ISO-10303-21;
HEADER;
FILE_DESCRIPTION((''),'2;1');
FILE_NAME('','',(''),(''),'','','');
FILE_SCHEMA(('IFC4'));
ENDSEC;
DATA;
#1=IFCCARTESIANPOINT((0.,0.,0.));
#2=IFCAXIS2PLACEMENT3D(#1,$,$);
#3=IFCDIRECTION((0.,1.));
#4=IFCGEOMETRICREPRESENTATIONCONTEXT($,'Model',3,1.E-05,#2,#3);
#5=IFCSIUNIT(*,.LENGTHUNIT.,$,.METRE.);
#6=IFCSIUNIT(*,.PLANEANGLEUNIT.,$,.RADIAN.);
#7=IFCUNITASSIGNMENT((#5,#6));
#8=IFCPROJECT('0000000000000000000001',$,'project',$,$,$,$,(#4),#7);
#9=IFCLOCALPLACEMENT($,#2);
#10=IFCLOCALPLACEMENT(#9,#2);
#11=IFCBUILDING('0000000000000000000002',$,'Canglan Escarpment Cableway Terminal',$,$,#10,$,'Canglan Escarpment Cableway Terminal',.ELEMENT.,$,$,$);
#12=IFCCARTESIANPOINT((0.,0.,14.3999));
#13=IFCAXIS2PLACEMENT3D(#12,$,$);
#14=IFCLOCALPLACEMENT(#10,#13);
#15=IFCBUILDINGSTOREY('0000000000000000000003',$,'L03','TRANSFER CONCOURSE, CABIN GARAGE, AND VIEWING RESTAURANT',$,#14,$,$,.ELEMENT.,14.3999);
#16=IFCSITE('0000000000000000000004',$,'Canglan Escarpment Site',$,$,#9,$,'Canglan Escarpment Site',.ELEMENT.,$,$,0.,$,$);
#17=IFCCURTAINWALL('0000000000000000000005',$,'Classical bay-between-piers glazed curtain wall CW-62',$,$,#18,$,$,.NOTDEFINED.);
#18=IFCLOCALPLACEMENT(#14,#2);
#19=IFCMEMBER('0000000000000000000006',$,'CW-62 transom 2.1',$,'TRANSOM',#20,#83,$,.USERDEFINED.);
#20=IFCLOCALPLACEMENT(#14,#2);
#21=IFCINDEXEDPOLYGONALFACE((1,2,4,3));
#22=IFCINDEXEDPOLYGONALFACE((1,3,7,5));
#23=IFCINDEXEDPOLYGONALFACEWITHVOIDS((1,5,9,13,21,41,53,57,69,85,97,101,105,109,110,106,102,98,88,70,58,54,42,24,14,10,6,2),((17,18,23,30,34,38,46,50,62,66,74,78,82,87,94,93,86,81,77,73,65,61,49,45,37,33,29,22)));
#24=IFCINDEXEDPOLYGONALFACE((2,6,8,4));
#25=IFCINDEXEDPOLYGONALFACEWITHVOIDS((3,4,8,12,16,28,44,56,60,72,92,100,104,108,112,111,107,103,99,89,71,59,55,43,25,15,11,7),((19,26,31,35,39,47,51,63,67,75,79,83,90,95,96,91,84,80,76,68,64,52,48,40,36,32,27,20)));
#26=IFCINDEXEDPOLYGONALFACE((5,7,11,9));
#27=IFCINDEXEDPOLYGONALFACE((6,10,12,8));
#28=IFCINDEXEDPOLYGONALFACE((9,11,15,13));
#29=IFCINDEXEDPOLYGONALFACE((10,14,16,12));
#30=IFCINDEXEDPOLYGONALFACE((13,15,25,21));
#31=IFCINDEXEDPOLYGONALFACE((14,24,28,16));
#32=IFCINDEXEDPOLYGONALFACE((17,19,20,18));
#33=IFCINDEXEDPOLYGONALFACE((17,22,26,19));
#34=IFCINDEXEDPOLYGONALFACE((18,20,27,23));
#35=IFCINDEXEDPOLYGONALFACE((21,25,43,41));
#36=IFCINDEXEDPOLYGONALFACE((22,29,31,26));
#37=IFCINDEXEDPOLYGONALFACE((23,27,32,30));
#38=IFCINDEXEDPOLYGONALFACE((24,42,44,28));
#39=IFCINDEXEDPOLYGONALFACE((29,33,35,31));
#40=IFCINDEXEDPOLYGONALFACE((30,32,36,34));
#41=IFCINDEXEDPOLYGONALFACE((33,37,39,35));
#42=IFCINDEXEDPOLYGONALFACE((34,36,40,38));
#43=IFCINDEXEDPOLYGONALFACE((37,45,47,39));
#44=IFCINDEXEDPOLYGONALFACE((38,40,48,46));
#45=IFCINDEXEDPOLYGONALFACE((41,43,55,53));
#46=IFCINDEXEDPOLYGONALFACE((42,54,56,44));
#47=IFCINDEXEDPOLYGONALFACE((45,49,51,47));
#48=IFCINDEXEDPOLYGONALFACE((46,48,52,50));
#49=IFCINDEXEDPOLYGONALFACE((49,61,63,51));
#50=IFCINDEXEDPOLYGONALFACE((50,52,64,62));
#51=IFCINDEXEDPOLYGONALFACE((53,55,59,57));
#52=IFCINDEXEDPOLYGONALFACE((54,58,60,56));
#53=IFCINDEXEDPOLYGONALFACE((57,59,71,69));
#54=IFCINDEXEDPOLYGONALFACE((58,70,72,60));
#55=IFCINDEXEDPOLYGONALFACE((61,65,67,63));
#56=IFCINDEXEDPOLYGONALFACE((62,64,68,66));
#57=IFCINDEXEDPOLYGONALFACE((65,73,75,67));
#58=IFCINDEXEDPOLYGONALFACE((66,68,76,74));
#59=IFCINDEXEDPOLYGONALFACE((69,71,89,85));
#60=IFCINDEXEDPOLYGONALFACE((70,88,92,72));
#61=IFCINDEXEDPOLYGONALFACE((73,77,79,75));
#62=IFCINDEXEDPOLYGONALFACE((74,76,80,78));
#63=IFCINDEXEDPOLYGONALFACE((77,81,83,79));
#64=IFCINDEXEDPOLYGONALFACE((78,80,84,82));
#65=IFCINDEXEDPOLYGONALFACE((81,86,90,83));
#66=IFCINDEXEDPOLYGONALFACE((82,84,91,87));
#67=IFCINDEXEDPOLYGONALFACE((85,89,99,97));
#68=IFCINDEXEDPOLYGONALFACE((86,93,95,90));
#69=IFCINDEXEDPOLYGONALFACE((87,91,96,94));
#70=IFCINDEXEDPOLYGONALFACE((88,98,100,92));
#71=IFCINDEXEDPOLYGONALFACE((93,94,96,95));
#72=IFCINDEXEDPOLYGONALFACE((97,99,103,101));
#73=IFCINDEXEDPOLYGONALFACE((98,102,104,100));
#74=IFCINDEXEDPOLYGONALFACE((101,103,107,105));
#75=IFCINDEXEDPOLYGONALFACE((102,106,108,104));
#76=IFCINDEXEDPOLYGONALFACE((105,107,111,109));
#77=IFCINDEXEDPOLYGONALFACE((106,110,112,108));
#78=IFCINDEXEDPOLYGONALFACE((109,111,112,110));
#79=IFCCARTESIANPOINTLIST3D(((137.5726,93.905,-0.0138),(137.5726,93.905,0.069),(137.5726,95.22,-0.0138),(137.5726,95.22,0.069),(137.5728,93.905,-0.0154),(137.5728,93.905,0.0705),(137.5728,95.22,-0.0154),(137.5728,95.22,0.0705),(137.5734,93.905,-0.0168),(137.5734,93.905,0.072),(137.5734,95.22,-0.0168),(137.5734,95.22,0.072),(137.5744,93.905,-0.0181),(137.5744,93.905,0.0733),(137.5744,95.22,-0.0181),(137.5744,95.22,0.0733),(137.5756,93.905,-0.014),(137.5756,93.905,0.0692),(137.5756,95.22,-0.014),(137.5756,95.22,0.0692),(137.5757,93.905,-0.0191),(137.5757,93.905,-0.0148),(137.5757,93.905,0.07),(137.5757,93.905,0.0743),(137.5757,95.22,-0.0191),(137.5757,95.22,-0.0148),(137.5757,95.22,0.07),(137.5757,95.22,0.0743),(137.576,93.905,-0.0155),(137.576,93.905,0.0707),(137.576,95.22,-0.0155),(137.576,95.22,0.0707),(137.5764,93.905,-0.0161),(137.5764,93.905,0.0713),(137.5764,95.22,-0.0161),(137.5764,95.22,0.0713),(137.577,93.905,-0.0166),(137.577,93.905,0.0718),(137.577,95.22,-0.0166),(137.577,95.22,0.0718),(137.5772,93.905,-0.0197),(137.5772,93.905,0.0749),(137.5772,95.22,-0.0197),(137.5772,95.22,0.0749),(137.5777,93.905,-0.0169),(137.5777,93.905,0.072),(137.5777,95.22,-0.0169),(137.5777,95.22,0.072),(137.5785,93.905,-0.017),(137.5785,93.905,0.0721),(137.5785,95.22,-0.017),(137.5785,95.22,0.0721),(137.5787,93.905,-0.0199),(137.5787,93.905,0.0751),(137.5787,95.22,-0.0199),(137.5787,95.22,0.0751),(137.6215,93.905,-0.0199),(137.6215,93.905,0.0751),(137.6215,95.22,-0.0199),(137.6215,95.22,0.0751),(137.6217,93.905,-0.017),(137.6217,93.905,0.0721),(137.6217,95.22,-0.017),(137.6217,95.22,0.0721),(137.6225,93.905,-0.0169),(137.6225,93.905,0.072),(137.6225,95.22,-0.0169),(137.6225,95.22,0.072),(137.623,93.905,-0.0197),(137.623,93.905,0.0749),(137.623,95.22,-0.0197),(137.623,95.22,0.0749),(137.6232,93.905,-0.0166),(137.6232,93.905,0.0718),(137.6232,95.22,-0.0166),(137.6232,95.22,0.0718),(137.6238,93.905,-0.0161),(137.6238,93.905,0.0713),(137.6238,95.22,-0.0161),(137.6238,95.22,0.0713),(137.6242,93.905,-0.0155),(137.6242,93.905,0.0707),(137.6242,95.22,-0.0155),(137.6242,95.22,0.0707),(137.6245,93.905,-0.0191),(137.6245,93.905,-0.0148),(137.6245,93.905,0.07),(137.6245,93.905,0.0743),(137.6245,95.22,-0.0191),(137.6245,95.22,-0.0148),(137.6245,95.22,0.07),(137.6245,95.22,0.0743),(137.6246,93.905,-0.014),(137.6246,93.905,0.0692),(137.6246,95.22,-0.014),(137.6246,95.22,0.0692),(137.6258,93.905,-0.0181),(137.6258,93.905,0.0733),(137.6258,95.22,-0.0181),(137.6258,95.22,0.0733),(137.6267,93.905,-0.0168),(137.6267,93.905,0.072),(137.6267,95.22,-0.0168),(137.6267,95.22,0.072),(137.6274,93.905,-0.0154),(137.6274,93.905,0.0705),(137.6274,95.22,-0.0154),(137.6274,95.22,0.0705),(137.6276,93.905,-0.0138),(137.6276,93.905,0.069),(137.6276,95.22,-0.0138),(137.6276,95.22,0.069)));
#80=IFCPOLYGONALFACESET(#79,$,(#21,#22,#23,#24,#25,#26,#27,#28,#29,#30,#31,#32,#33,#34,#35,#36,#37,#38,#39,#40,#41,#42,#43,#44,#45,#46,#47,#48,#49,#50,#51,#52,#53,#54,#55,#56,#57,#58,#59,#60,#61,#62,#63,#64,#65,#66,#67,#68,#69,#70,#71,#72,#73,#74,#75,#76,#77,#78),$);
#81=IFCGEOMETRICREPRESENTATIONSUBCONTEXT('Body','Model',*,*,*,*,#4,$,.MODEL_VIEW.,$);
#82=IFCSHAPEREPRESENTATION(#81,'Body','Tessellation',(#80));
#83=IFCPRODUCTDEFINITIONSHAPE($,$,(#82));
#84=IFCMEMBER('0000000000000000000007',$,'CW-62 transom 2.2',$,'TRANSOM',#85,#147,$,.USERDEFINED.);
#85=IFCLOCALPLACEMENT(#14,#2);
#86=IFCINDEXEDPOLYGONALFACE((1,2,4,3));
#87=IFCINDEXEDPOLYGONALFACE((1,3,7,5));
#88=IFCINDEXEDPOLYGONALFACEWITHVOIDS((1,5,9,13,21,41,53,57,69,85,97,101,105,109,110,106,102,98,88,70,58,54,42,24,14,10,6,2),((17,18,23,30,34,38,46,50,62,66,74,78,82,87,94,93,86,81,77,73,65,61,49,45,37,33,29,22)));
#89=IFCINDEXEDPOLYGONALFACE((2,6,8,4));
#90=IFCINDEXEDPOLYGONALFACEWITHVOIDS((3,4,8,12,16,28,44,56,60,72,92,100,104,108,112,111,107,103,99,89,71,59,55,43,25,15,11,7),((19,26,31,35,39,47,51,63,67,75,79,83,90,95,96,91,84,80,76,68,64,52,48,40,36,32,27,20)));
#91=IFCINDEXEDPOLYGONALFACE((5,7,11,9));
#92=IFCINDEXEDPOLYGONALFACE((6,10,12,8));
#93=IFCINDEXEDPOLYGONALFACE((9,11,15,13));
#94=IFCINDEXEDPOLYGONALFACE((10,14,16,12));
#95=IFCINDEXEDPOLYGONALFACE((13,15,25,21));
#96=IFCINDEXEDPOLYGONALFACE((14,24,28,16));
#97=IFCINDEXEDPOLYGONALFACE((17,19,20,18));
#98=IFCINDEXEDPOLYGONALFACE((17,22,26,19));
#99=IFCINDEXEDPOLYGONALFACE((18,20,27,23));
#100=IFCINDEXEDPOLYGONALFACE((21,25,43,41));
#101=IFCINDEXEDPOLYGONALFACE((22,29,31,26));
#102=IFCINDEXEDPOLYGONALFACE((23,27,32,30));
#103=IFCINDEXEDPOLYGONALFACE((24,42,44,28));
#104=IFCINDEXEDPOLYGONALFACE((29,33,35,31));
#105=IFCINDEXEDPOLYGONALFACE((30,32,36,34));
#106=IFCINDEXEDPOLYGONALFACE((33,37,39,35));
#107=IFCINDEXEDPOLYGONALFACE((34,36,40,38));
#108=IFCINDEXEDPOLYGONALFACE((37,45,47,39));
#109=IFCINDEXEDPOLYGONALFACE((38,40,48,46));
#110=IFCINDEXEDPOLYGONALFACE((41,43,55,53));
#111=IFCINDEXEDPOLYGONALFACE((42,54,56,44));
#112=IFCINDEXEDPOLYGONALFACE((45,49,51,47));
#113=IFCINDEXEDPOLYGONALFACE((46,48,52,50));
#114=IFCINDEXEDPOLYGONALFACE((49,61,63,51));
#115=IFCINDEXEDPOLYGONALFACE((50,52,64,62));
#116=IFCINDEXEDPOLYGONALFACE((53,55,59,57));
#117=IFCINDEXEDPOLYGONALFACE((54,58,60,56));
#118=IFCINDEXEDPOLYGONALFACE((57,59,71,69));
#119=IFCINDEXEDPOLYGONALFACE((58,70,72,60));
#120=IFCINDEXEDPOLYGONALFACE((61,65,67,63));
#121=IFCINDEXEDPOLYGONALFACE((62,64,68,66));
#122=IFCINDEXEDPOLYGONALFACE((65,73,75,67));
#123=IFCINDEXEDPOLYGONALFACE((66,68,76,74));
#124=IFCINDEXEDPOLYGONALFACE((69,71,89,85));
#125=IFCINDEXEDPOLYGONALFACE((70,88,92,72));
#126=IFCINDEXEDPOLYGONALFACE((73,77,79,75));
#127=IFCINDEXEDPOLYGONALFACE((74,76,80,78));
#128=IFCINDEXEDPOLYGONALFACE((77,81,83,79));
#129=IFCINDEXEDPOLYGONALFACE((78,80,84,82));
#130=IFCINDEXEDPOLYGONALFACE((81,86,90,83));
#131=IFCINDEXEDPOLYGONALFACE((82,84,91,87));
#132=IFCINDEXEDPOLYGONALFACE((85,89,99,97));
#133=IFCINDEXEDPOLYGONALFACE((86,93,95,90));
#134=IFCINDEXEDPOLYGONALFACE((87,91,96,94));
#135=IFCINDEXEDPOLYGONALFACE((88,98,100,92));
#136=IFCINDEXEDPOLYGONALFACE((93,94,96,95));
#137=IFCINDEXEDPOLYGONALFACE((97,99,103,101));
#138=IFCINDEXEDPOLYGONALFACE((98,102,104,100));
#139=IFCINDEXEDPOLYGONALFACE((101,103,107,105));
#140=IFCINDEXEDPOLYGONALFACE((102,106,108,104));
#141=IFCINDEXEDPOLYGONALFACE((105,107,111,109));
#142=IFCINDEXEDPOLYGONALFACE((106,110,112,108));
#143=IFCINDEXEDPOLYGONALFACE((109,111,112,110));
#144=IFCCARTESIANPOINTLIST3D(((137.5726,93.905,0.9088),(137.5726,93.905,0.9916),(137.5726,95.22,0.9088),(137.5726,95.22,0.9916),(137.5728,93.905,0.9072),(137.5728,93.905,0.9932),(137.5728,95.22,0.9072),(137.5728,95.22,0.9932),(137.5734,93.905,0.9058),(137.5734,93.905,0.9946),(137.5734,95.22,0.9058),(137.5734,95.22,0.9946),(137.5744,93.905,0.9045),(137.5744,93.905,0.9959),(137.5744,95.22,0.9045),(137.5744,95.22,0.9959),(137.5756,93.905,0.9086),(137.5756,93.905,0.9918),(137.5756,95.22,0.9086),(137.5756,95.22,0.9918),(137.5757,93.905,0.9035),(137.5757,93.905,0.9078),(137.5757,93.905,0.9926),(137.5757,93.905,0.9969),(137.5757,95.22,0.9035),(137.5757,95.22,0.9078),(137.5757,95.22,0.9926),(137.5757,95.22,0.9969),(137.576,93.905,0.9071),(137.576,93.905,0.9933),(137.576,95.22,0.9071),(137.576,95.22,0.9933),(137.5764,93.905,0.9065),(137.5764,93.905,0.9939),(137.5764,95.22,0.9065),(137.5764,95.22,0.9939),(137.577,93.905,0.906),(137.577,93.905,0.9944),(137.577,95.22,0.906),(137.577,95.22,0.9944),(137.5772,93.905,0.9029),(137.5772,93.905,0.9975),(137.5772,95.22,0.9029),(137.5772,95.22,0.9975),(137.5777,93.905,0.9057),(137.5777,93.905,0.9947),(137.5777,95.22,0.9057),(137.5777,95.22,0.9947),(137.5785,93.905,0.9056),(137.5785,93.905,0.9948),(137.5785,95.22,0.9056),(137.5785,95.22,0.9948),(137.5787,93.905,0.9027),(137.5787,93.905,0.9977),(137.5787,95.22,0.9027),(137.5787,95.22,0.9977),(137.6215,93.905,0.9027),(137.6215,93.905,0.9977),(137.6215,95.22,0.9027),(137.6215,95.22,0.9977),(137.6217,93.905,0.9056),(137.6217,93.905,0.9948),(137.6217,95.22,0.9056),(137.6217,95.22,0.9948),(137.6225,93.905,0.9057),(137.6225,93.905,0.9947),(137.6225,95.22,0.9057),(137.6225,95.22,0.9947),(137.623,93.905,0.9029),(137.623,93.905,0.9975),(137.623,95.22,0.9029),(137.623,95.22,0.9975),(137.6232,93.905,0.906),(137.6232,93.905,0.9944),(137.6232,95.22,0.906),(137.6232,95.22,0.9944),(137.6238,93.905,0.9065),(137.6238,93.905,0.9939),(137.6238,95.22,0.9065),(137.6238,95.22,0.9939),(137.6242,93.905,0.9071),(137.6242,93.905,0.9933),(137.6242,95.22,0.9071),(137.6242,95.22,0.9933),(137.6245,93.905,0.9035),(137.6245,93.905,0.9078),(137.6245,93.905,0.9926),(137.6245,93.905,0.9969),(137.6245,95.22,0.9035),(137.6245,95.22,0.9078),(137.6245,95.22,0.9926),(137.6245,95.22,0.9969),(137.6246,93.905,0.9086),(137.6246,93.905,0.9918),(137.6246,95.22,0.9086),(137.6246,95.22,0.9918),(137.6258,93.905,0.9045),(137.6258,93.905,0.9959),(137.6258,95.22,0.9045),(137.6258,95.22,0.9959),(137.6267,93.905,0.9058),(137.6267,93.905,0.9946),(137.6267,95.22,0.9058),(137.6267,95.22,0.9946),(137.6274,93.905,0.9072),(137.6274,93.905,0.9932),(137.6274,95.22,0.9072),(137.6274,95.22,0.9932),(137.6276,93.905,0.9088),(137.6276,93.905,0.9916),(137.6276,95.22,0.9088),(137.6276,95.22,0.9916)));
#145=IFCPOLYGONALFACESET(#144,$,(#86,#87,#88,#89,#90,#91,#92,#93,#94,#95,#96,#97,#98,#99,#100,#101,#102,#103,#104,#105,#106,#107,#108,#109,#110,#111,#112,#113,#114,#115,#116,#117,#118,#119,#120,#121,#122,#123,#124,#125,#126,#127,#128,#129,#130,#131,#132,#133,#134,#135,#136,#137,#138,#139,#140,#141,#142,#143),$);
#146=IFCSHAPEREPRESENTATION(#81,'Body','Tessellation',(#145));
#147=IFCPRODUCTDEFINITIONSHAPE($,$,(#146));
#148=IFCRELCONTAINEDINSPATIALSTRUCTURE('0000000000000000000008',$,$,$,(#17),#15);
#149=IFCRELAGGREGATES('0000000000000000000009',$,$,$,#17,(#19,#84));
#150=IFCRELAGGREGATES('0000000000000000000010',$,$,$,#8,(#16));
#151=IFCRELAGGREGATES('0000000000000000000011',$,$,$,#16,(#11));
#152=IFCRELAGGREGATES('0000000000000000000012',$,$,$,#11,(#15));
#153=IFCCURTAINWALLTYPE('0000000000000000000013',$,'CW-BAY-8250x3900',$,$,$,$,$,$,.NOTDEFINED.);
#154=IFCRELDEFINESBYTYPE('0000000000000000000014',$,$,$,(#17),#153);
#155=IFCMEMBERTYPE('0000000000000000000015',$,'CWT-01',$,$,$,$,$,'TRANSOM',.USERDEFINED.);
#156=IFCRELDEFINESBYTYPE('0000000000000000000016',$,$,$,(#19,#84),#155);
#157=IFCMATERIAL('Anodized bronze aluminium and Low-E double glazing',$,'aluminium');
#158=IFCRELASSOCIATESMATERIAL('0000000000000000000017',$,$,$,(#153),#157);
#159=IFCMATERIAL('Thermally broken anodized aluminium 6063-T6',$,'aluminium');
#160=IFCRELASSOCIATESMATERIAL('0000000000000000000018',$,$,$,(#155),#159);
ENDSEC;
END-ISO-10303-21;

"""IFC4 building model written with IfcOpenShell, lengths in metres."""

from ifc_helpers import new_model, si_unit, direction, frame, origin, origin_2d, place, context, subcontext, project, spatial, hollow_rectangle, extrude, material, material_profile, profile_set, type_object, element, aggregate, save


model = new_model("IFC4")

# Units and contexts
model_context = context("Model", 3, precision=1e-05, world=origin(), true_north=direction((0.0, 1.0)))
body_context = subcontext(model_context, "Body", "Model", "MODEL_VIEW")
ifc_project = project(units=[si_unit("LENGTHUNIT", "METRE"), si_unit("PLANEANGLEUNIT", "RADIAN")], contexts=[model_context])

# Site, building, storey
site_placement = place(None, origin())
site = spatial("IfcSite", under=ifc_project, at=site_placement, Name="Canglan Escarpment Site", LongName="Canglan Escarpment Site", CompositionType="ELEMENT", RefElevation=0.0)
building_placement = place(site_placement, origin())
building = spatial("IfcBuilding", under=site, at=building_placement, Name="Canglan Escarpment Cableway Terminal", LongName="Canglan Escarpment Cableway Terminal", CompositionType="ELEMENT")
storey_placement = place(building_placement, frame((0.0, 0.0, 14.3999)))
storey = spatial("IfcBuildingStorey", under=building, at=storey_placement, Name="L03", Description="TRANSFER CONCOURSE, CABIN GARAGE, AND VIEWING RESTAURANT", CompositionType="ELEMENT", Elevation=14.3999)

# Curtain wall
ifc_material_1 = material(Name="Anodized bronze aluminium and Low-E double glazing", Category="aluminium")
curtain_wall_type = type_object("IfcCurtainWallType", Name="CW-BAY-8250x3900", PredefinedType="NOTDEFINED", material=ifc_material_1)
curtain_wall_1_placement = place(storey_placement, origin())
curtain_wall_1 = element("IfcCurtainWall", 1, at=curtain_wall_1_placement, inside=storey, type_object=curtain_wall_type, Name="Classical bay-between-piers glazed curtain wall CW-62", PredefinedType="NOTDEFINED")
ifc_material_2 = material(Name="Thermally broken anodized aluminium 6063-T6", Category="aluminium")

# Members
ifc_material_profile_1 = material_profile(ifc_material_2, hollow_rectangle(XDim=0.0549, YDim=0.095, WallThickness=0.0029, InnerFilletRadius=0.0029, OuterFilletRadius=0.0061, at=origin_2d()), Name="ALU-TRAN 55x95x3")
ifc_profile_set_1 = profile_set([ifc_material_profile_1], Name="Thermally broken anodized aluminium 6063-T6")
member_type_1 = type_object("IfcMemberType", Name="CWT-01", ElementType="TRANSOM", PredefinedType="USERDEFINED", material=ifc_profile_set_1)
member_1_placement = place(storey_placement, frame((137.6001, 95.22, 0.0276), z_axis=(0.0, -1.0, 0.0), x_axis=(1.0, 0.0, 0.0)))
member_1 = element("IfcMember", 2, at=member_1_placement, type_object=member_type_1, Name="CW-62 transom 2.1", ObjectType="TRANSOM", PredefinedType="USERDEFINED", context=body_context, shape_type="SweptSolid", body=[
    extrude(hollow_rectangle(XDim=0.0549, YDim=0.095, WallThickness=0.0029, InnerFilletRadius=0.0029, OuterFilletRadius=0.0061, at=origin_2d()), origin(), (0.0, 0.0, 1.0), 1.3149),
])
member_2_placement = place(storey_placement, frame((137.6001, 95.22, 0.9502), z_axis=(0.0, -1.0, 0.0), x_axis=(1.0, 0.0, 0.0)))
member_2 = element("IfcMember", 3, at=member_2_placement, type_object=member_type_1, Name="CW-62 transom 2.2", ObjectType="TRANSOM", PredefinedType="USERDEFINED", context=body_context, shape_type="SweptSolid", body=[
    extrude(hollow_rectangle(XDim=0.0549, YDim=0.095, WallThickness=0.0029, InnerFilletRadius=0.0029, OuterFilletRadius=0.0061, at=origin_2d()), origin(), (0.0, 0.0, 1.0), 1.3149),
])

aggregate(curtain_wall_1, [member_1, member_2])

save(model, "model.ifc")
